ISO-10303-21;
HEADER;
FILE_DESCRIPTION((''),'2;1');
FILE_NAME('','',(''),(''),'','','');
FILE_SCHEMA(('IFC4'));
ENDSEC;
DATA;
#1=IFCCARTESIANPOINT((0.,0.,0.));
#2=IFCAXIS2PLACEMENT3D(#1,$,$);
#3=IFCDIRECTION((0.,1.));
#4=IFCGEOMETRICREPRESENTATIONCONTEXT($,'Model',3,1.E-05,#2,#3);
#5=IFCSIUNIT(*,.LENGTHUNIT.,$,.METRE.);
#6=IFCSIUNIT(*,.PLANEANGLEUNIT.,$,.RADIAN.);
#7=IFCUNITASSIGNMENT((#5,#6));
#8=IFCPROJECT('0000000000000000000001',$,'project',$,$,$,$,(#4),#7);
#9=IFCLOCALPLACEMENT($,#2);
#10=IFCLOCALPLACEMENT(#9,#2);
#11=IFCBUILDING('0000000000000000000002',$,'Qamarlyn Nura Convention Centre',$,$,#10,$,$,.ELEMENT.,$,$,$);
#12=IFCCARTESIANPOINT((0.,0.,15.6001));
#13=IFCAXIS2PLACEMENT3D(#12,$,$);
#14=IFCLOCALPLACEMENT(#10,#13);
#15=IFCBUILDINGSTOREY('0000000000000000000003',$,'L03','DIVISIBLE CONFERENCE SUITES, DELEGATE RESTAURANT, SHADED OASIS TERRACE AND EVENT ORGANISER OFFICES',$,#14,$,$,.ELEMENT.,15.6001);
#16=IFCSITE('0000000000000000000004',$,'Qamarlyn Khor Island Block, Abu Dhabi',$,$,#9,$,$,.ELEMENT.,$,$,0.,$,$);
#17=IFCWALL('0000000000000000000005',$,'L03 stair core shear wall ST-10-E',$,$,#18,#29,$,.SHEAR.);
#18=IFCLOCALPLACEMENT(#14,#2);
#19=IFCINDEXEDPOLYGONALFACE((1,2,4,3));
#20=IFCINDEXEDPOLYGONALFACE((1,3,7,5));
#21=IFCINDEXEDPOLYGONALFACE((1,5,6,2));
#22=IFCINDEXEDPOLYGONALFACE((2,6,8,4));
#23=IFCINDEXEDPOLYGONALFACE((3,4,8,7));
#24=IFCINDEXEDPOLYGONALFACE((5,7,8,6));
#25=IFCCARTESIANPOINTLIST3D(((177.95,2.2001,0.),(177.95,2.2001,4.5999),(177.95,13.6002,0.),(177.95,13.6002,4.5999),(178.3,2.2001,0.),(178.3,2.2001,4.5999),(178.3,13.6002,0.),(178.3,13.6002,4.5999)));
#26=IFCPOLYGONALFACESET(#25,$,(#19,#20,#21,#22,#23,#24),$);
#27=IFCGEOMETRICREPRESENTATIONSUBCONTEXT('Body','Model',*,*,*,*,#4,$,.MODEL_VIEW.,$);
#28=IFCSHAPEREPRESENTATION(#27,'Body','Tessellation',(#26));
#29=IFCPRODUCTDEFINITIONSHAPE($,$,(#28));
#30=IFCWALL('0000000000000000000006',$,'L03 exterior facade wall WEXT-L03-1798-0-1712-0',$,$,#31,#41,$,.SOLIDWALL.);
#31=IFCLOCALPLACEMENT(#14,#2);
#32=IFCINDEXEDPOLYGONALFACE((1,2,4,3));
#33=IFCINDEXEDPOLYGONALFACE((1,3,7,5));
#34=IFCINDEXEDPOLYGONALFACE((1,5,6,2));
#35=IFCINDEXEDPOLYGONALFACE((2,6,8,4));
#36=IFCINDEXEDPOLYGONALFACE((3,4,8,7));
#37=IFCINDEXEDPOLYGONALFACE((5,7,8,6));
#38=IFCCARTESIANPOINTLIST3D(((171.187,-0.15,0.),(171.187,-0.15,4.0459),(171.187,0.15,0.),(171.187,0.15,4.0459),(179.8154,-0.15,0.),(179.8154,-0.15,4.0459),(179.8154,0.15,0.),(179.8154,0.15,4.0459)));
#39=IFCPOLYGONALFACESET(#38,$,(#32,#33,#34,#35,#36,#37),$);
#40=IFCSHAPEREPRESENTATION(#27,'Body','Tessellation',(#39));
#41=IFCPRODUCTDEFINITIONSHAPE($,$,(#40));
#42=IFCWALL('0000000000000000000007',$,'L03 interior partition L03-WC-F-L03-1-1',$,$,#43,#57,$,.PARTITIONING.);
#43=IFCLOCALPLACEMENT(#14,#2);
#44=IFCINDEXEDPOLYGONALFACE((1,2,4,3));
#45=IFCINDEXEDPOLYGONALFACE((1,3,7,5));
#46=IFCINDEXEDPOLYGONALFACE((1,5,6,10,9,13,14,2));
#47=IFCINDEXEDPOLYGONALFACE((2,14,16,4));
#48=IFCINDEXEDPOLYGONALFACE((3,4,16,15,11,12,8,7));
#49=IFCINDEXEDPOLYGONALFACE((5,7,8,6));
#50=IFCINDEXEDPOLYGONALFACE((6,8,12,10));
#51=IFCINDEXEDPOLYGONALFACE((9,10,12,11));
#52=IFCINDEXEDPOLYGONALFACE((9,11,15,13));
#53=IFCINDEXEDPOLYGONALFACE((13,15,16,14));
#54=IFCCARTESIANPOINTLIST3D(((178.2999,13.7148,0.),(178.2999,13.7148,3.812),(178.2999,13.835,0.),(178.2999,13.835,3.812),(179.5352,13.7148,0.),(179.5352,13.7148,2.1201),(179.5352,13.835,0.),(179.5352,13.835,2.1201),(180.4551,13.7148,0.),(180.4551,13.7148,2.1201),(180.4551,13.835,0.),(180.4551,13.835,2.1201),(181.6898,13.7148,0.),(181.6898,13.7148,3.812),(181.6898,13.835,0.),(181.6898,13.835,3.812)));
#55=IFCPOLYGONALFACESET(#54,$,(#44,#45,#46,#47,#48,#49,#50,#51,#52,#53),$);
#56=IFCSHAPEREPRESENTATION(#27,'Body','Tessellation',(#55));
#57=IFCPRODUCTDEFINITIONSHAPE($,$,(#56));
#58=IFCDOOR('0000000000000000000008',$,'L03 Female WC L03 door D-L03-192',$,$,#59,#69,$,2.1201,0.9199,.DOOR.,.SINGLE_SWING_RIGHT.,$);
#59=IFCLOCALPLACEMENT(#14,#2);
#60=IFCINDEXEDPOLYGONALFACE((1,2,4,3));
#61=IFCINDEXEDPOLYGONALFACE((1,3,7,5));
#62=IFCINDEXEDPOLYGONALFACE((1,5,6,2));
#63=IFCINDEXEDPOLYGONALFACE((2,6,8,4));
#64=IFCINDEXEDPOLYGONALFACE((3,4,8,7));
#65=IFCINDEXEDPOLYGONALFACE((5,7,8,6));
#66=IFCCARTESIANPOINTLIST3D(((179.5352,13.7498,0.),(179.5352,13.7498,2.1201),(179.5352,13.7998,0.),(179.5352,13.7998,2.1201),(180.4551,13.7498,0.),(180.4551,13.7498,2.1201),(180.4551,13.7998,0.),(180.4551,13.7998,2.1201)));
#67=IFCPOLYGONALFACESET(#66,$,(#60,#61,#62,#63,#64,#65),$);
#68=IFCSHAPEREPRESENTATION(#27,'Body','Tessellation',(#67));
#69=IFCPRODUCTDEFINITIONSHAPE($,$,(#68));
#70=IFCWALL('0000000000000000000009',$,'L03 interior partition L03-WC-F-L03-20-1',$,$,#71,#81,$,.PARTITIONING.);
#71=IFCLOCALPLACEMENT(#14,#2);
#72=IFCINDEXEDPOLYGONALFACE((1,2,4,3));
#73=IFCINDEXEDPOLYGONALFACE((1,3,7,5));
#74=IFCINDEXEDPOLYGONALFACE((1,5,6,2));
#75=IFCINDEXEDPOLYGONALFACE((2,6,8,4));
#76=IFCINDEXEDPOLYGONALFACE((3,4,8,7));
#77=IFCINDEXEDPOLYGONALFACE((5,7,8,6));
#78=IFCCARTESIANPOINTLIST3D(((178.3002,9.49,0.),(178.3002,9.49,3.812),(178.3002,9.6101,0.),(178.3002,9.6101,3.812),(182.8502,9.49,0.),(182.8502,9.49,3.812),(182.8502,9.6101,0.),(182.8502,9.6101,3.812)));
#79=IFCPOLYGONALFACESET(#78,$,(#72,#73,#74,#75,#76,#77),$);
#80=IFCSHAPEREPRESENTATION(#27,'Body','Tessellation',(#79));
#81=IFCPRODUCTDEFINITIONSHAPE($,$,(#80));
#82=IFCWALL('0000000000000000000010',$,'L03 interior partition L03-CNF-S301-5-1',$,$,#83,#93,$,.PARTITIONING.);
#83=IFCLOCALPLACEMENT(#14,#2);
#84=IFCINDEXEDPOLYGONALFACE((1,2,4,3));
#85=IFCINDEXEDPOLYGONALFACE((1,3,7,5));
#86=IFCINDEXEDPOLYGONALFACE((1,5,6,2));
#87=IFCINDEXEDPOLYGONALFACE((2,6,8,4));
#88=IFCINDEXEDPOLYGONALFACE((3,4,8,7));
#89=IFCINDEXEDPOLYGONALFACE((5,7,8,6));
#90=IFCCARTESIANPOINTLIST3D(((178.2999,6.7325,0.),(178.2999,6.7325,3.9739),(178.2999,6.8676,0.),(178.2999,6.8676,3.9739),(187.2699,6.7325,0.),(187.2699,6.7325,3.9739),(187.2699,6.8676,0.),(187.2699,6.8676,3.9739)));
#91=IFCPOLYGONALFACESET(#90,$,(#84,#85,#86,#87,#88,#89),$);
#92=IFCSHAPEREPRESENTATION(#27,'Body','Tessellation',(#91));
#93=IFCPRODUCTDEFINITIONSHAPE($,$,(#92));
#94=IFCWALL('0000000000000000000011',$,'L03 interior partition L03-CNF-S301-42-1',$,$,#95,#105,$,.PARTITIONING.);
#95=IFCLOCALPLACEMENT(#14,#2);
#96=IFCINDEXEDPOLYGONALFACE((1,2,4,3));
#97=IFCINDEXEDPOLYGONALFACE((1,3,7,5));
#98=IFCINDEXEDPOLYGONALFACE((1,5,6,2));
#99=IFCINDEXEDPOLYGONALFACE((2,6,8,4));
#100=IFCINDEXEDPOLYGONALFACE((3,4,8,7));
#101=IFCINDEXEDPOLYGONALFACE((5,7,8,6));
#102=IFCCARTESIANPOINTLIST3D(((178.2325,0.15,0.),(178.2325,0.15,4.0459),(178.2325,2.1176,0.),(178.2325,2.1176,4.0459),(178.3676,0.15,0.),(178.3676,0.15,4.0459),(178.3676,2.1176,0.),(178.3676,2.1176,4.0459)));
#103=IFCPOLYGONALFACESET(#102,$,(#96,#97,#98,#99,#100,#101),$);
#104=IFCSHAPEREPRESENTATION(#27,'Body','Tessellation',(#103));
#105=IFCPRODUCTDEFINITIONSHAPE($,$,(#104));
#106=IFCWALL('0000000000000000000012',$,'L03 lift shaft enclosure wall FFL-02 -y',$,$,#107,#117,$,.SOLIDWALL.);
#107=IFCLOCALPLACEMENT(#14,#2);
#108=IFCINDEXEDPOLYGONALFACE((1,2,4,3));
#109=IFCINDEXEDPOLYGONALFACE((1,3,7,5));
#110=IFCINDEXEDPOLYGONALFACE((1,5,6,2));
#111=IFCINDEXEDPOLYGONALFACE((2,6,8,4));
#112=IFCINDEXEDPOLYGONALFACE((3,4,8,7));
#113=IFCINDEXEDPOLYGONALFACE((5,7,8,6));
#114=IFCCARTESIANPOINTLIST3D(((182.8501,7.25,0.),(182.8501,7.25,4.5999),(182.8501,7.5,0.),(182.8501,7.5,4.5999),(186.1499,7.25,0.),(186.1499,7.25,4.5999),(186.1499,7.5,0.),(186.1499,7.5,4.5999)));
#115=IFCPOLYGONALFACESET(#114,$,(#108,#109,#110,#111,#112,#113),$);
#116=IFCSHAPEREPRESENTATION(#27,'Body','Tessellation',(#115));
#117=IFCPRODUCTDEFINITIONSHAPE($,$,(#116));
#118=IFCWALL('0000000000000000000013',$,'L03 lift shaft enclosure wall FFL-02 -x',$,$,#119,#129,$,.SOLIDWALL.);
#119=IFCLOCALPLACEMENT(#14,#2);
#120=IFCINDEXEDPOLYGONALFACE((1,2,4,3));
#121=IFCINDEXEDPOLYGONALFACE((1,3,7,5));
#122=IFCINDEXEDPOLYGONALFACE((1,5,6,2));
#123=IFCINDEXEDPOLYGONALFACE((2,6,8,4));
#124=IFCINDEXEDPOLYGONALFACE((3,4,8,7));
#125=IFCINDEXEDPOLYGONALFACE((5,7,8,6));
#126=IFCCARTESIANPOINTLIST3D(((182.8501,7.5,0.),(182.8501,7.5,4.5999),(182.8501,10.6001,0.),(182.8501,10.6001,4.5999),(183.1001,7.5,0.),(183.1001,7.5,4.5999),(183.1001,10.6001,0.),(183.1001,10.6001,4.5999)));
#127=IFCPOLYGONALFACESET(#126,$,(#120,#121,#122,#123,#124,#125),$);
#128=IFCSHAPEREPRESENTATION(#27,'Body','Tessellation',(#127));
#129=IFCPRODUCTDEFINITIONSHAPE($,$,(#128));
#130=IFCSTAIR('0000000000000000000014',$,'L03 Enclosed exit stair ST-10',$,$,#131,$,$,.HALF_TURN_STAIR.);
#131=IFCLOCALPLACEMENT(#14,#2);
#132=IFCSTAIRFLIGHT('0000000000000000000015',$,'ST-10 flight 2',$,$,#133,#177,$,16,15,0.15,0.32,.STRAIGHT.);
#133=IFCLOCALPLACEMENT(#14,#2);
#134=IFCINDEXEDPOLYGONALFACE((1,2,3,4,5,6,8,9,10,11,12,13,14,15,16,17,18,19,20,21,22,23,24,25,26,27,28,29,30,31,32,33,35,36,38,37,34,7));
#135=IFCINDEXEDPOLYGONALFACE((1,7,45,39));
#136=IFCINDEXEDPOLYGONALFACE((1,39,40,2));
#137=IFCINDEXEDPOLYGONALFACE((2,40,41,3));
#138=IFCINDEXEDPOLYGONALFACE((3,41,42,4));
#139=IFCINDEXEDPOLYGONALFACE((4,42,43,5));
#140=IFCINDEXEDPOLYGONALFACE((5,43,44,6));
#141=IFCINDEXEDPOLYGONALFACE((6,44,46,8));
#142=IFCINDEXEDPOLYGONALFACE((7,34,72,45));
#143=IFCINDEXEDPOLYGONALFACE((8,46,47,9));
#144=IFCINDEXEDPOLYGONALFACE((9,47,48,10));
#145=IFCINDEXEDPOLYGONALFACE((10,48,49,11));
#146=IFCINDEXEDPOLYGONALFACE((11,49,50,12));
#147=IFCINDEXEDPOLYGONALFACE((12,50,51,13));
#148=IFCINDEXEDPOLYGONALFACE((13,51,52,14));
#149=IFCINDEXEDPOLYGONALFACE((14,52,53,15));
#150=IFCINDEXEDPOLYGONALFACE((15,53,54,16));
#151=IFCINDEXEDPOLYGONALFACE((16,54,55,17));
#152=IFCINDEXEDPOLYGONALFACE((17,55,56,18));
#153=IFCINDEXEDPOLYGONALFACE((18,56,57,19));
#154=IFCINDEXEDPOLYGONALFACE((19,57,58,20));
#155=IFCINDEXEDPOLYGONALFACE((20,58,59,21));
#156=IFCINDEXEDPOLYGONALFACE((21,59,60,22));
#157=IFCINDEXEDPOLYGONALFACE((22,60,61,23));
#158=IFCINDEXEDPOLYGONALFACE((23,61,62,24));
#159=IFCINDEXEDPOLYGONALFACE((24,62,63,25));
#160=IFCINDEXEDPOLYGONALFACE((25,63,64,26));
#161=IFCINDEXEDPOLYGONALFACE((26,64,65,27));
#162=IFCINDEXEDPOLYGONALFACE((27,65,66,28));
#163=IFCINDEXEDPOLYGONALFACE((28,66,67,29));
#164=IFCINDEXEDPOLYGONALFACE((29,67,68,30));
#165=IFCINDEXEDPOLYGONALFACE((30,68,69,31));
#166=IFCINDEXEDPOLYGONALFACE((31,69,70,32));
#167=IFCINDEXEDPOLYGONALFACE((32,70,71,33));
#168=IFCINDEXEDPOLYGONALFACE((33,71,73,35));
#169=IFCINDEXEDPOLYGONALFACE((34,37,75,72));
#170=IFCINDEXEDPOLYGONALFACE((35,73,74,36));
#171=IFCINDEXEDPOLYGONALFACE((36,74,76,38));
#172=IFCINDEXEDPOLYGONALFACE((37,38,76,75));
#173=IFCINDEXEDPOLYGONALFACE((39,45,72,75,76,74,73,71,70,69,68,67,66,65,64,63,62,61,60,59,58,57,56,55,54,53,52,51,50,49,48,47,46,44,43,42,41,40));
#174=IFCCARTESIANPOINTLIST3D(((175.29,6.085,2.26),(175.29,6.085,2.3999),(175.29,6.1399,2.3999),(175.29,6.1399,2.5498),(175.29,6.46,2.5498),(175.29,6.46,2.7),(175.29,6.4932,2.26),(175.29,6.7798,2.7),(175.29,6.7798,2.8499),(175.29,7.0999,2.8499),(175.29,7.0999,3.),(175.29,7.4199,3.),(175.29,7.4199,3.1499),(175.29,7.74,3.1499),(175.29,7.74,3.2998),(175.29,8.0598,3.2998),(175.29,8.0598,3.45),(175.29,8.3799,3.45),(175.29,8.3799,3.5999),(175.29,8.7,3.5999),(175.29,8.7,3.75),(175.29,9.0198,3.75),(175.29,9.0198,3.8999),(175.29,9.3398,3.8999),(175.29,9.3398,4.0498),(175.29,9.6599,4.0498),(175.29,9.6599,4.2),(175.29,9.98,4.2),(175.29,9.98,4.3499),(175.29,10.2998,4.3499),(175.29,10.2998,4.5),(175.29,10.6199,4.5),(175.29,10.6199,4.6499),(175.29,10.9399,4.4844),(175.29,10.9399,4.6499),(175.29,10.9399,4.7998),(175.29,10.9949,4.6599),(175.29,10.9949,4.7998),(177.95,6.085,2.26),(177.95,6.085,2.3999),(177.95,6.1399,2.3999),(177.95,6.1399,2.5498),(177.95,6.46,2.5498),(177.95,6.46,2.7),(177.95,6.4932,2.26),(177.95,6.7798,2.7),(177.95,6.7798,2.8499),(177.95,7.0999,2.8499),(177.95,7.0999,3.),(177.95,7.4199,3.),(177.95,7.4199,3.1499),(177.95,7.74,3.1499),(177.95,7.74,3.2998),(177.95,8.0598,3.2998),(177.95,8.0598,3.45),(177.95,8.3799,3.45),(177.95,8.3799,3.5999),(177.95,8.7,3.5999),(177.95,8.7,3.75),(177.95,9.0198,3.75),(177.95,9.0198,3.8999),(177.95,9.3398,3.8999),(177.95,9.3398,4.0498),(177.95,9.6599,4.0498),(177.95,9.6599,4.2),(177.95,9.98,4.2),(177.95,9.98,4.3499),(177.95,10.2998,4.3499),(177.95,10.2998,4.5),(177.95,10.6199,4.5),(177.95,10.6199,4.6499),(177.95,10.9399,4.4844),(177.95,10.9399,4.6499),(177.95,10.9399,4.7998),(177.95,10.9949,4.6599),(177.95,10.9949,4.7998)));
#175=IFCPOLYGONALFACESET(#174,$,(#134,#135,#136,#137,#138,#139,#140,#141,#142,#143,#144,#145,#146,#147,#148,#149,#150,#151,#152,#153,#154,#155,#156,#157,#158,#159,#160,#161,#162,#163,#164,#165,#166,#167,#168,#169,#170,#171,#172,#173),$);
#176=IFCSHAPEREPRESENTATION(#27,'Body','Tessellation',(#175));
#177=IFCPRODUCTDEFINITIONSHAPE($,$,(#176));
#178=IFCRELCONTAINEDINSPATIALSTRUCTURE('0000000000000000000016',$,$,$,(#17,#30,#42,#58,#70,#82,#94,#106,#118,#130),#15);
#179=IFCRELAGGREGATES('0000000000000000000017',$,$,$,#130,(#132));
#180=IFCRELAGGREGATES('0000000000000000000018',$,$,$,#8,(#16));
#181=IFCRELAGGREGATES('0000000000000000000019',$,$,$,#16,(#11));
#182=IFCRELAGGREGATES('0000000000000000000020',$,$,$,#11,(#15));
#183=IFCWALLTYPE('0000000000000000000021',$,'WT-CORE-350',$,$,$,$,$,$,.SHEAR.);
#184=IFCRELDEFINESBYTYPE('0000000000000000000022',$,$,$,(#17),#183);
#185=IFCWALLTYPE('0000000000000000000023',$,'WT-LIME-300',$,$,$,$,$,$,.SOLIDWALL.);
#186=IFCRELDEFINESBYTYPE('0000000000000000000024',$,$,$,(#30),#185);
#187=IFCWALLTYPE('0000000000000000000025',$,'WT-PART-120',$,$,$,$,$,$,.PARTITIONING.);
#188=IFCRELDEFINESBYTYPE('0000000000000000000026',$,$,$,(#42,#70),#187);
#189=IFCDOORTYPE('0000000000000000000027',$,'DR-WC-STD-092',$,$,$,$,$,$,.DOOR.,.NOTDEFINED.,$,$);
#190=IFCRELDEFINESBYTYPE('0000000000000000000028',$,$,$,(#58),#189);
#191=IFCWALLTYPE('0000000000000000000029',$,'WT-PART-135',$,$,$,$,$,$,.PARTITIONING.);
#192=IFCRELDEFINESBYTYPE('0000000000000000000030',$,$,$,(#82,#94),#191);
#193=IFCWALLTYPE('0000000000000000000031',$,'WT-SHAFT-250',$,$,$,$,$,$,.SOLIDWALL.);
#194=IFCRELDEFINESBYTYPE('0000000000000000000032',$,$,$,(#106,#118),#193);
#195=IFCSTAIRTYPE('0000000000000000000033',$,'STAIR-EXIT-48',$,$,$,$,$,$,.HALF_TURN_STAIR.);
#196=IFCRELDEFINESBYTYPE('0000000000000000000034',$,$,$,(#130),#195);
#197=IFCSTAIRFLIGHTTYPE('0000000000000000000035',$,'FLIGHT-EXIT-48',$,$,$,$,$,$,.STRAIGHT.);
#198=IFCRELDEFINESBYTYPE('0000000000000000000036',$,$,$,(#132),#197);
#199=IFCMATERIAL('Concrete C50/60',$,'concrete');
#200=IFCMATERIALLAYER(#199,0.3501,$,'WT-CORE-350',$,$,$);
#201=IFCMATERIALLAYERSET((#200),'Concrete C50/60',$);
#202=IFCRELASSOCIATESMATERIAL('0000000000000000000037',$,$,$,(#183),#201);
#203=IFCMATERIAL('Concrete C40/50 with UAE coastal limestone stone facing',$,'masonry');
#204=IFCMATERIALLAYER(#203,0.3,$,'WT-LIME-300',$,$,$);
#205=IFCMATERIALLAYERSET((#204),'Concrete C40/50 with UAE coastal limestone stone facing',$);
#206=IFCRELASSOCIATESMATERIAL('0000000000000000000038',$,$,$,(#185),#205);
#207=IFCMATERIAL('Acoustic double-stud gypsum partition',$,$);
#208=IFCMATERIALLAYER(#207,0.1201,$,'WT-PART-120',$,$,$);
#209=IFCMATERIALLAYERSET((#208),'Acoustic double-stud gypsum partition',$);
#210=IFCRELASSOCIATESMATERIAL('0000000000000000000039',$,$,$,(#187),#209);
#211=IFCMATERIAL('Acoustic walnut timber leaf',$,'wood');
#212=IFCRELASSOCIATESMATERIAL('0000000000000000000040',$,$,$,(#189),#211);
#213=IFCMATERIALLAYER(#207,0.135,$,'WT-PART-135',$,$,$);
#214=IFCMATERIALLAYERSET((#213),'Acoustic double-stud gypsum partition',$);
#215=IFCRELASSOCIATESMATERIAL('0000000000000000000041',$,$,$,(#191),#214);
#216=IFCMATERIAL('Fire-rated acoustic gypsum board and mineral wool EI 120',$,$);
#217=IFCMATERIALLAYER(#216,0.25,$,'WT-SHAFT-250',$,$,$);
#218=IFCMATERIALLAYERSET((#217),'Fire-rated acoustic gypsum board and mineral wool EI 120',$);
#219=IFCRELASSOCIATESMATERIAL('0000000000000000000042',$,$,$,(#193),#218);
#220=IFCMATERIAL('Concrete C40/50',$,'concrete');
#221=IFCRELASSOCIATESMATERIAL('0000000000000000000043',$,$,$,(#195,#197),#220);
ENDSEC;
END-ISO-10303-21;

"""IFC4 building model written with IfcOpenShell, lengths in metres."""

from ifc_helpers import new_model, si_unit, direction, frame, frame_2d, origin, place, context, subcontext, project, spatial, polyline, rectangle, outline, extrude, material, layer, layer_set, type_object, element, fill, aggregate, save


model = new_model("IFC4")

# Units and contexts
model_context = context("Model", 3, precision=1e-05, world=origin(), true_north=direction((0.0, 1.0)))
body_context = subcontext(model_context, "Body", "Model", "MODEL_VIEW")
ifc_project = project(units=[si_unit("LENGTHUNIT", "METRE"), si_unit("PLANEANGLEUNIT", "RADIAN")], contexts=[model_context])

# Site, building, storey
site_placement = place(None, origin())
site = spatial("IfcSite", under=ifc_project, at=site_placement, Name="Qamarlyn Khor Island Block, Abu Dhabi", CompositionType="ELEMENT", RefElevation=0.0)
building_placement = place(site_placement, origin())
building = spatial("IfcBuilding", under=site, at=building_placement, Name="Qamarlyn Nura Convention Centre", CompositionType="ELEMENT")
storey_placement = place(building_placement, frame((0.0, 0.0, 15.6001)))
storey = spatial("IfcBuildingStorey", under=building, at=storey_placement, Name="L03", Description="DIVISIBLE CONFERENCE SUITES, DELEGATE RESTAURANT, SHADED OASIS TERRACE AND EVENT ORGANISER OFFICES", CompositionType="ELEMENT", Elevation=15.6001)

# Shared definitions
ifc_material_1 = material(Name="Fire-rated acoustic gypsum board and mineral wool EI 120")

# Shared definitions
ifc_material_2 = material(Name="Concrete C50/60", Category="concrete")
ifc_layer_1 = layer(ifc_material_2, 0.3501, Name="WT-CORE-350")
ifc_layer_set_1 = layer_set([ifc_layer_1], Name="Concrete C50/60")
wall_type_1 = type_object("IfcWallType", Name="WT-CORE-350", PredefinedType="SHEAR", material=ifc_layer_set_1)

# Walls
wall_1_placement = place(storey_placement, frame((178.125, 2.2, 0.0), z_axis=(0.0, 0.0, 1.0), x_axis=(0.0, 1.0, 0.0)))
element("IfcWall", 1, at=wall_1_placement, inside=storey, type_object=wall_type_1, Name="L03 stair core shear wall ST-10-E", PredefinedType="SHEAR", context=body_context, shape_type="SweptSolid", body=[
    extrude(rectangle(XDim=11.4001, YDim=0.3501, at=frame_2d((5.7002, 0.0))), origin(), (0.0, 0.0, 1.0), 4.5999),
])
ifc_material_3 = material(Name="Concrete C40/50 with UAE coastal limestone stone facing", Category="masonry")
ifc_layer_2 = layer(ifc_material_3, 0.3, Name="WT-LIME-300")
ifc_layer_set_2 = layer_set([ifc_layer_2], Name="Concrete C40/50 with UAE coastal limestone stone facing")
wall_type_2 = type_object("IfcWallType", Name="WT-LIME-300", PredefinedType="SOLIDWALL", material=ifc_layer_set_2)
wall_2_placement = place(storey_placement, frame((179.8154, 0.0, 0.0), z_axis=(0.0, 0.0, 1.0), x_axis=(-1.0, 0.0, 0.0)))
element("IfcWall", 2, at=wall_2_placement, inside=storey, type_object=wall_type_2, Name="L03 exterior facade wall WEXT-L03-1798-0-1712-0", PredefinedType="SOLIDWALL", context=body_context, shape_type="SweptSolid", body=[
    extrude(rectangle(XDim=8.6284, YDim=0.3, at=frame_2d((4.3142, 0.0))), origin(), (0.0, 0.0, 1.0), 4.0459),
])

# Wall, opening, door
ifc_material_4 = material(Name="Acoustic double-stud gypsum partition")
ifc_layer_3 = layer(ifc_material_4, 0.1201, Name="WT-PART-120")
ifc_layer_set_3 = layer_set([ifc_layer_3], Name="Acoustic double-stud gypsum partition")
wall_type_3 = type_object("IfcWallType", Name="WT-PART-120", PredefinedType="PARTITIONING", material=ifc_layer_set_3)
wall_3_placement = place(storey_placement, frame((178.3, 13.7749, 0.0), z_axis=(0.0, 0.0, 1.0), x_axis=(1.0, 0.0, 0.0)))
wall_3 = element("IfcWall", 3, at=wall_3_placement, inside=storey, type_object=wall_type_3, Name="L03 interior partition L03-WC-F-L03-1-1", PredefinedType="PARTITIONING", context=body_context, shape_type="SweptSolid", body=[
    extrude(rectangle(XDim=3.3899, YDim=0.1201, at=frame_2d((1.6948, 0.0))), origin(), (0.0, 0.0, 1.0), 3.812),
])
opening_1_placement = place(wall_3_placement, frame((1.2351, 0.0, 0.0)))
opening_1 = element("IfcOpeningElement", 4, at=opening_1_placement, cuts=wall_3, PredefinedType="OPENING", context=body_context, shape_type="SweptSolid", body=[
    extrude(rectangle(XDim=0.9199, YDim=2.1201, at=frame_2d((0.46, 1.0601))), frame((0.0, 0.0701, 0.0), z_axis=(0.0, -1.0, 0.0), x_axis=(1.0, 0.0, 0.0)), (0.0, 0.0, 1.0), 0.1401),
])
ifc_material_5 = material(Name="Acoustic walnut timber leaf", Category="wood")
door_type_1 = type_object("IfcDoorType", Name="DR-WC-STD-092", OperationType="NOTDEFINED", PredefinedType="DOOR", material=ifc_material_5)
door_1_placement = place(opening_1_placement, origin())
door_1 = element("IfcDoor", 5, at=door_1_placement, inside=storey, type_object=door_type_1, Name="L03 Female WC L03 door D-L03-192", OperationType="SINGLE_SWING_RIGHT", OverallHeight=2.1201, OverallWidth=0.9199, PredefinedType="DOOR", context=body_context, shape_type="SweptSolid", body=[
    extrude(rectangle(XDim=0.9199, YDim=2.1201, at=frame_2d((0.46, 1.0601))), frame((0.0, 0.0249, 0.0), z_axis=(0.0, -1.0, 0.0), x_axis=(1.0, 0.0, 0.0)), (0.0, 0.0, 1.0), 0.05),
])
fill(opening_1, door_1)

# Walls
wall_4_placement = place(storey_placement, frame((182.8501, 9.55, 0.0), z_axis=(0.0, 0.0, 1.0), x_axis=(-1.0, 0.0, 0.0)))
element("IfcWall", 6, at=wall_4_placement, inside=storey, type_object=wall_type_3, Name="L03 interior partition L03-WC-F-L03-20-1", PredefinedType="PARTITIONING", context=body_context, shape_type="SweptSolid", body=[
    extrude(rectangle(XDim=4.55, YDim=0.1201, at=frame_2d((2.2749, 0.0))), origin(), (0.0, 0.0, 1.0), 3.812),
])
ifc_layer_4 = layer(ifc_material_4, 0.135, Name="WT-PART-135")
ifc_layer_set_4 = layer_set([ifc_layer_4], Name="Acoustic double-stud gypsum partition")
wall_type_4 = type_object("IfcWallType", Name="WT-PART-135", PredefinedType="PARTITIONING", material=ifc_layer_set_4)
wall_5_placement = place(storey_placement, frame((178.3, 6.8, 0.0), z_axis=(0.0, 0.0, 1.0), x_axis=(1.0, 0.0, 0.0)))
element("IfcWall", 7, at=wall_5_placement, inside=storey, type_object=wall_type_4, Name="L03 interior partition L03-CNF-S301-5-1", PredefinedType="PARTITIONING", context=body_context, shape_type="SweptSolid", body=[
    extrude(rectangle(XDim=8.97, YDim=0.135, at=frame_2d((4.4849, 0.0))), origin(), (0.0, 0.0, 1.0), 3.9739),
])
wall_6_placement = place(storey_placement, frame((178.3, 0.1499, 0.0), z_axis=(0.0, 0.0, 1.0), x_axis=(0.0, 1.0, 0.0)))
element("IfcWall", 8, at=wall_6_placement, inside=storey, type_object=wall_type_4, Name="L03 interior partition L03-CNF-S301-42-1", PredefinedType="PARTITIONING", context=body_context, shape_type="SweptSolid", body=[
    extrude(rectangle(XDim=1.9675, YDim=0.135, at=frame_2d((0.9839, 0.0))), origin(), (0.0, 0.0, 1.0), 4.0459),
])
ifc_layer_5 = layer(ifc_material_1, 0.25, Name="WT-SHAFT-250")
ifc_layer_set_5 = layer_set([ifc_layer_5], Name="Fire-rated acoustic gypsum board and mineral wool EI 120")
wall_type_5 = type_object("IfcWallType", Name="WT-SHAFT-250", PredefinedType="SOLIDWALL", material=ifc_layer_set_5)
wall_7_placement = place(storey_placement, frame((182.8501, 7.375, 0.0), z_axis=(0.0, 0.0, 1.0), x_axis=(1.0, 0.0, 0.0)))
element("IfcWall", 9, at=wall_7_placement, inside=storey, type_object=wall_type_5, Name="L03 lift shaft enclosure wall FFL-02 -y", PredefinedType="SOLIDWALL", context=body_context, shape_type="SweptSolid", body=[
    extrude(rectangle(XDim=3.2998, YDim=0.25, at=frame_2d((1.6499, 0.0))), origin(), (0.0, 0.0, 1.0), 4.5999),
])
wall_8_placement = place(storey_placement, frame((182.9751, 10.6001, 0.0), z_axis=(0.0, 0.0, 1.0), x_axis=(0.0, -1.0, 0.0)))
element("IfcWall", 10, at=wall_8_placement, inside=storey, type_object=wall_type_5, Name="L03 lift shaft enclosure wall FFL-02 -x", PredefinedType="SOLIDWALL", context=body_context, shape_type="SweptSolid", body=[
    extrude(rectangle(XDim=3.1001, YDim=0.25, at=frame_2d((1.55, 0.0))), origin(), (0.0, 0.0, 1.0), 4.5999),
])

# Stair, stair flight
ifc_material_6 = material(Name="Concrete C40/50", Category="concrete")
stair_type = type_object("IfcStairType", Name="STAIR-EXIT-48", PredefinedType="HALF_TURN_STAIR", material=ifc_material_6)
stair_placement = place(storey_placement, origin())
stair = element("IfcStair", 11, at=stair_placement, inside=storey, type_object=stair_type, Name="L03 Enclosed exit stair ST-10", PredefinedType="HALF_TURN_STAIR")
stair_flight_type = type_object("IfcStairFlightType", Name="FLIGHT-EXIT-48", PredefinedType="STRAIGHT", material=ifc_material_6)
stair_flight_placement = place(storey_placement, frame((176.6201, 6.1399, 2.3999), z_axis=(0.0, 0.0, 1.0), x_axis=(0.0, 1.0, 0.0)))
stair_flight = element("IfcStairFlight", 12, at=stair_flight_placement, type_object=stair_flight_type, Name="ST-10 flight 2", NumberOfRisers=16, NumberOfTreads=15, PredefinedType="STRAIGHT", RiserHeight=0.15, TreadLength=0.32, context=body_context, shape_type="SweptSolid", body=[
    extrude(outline(polyline([(-0.0549, 0.0), (0.0, 0.0), (0.0, 0.1499), (0.3201, 0.1499), (0.3201, 0.3), (0.6399, 0.3), (0.6399, 0.45), (0.96, 0.45), (0.96, 0.6001), (1.28, 0.6001), (1.28, 0.75), (1.6001, 0.75), (1.6001, 0.8999), (1.9199, 0.8999), (1.9199, 1.05), (2.24, 1.05), (2.24, 1.2), (2.5601, 1.2), (2.5601, 1.3501), (2.8799, 1.3501), (2.8799, 1.5), (3.2, 1.5), (3.2, 1.6499), (3.52, 1.6499), (3.52, 1.8), (3.8401, 1.8), (3.8401, 1.95), (4.1599, 1.95), (4.1599, 2.1001), (4.48, 2.1001), (4.48, 2.25), (4.8, 2.25), (4.8, 2.3999), (4.855, 2.3999), (4.855, 2.26), (4.8, 2.0845), (0.3533, -0.1399), (-0.0549, -0.1399), (-0.0549, 0.0)])), frame((0.0, 1.3301, 0.0), z_axis=(0.0, -1.0, 0.0), x_axis=(1.0, 0.0, 0.0)), (0.0, 0.0, 1.0), 2.6599),
])
aggregate(stair, [stair_flight])

save(model, "model.ifc")
